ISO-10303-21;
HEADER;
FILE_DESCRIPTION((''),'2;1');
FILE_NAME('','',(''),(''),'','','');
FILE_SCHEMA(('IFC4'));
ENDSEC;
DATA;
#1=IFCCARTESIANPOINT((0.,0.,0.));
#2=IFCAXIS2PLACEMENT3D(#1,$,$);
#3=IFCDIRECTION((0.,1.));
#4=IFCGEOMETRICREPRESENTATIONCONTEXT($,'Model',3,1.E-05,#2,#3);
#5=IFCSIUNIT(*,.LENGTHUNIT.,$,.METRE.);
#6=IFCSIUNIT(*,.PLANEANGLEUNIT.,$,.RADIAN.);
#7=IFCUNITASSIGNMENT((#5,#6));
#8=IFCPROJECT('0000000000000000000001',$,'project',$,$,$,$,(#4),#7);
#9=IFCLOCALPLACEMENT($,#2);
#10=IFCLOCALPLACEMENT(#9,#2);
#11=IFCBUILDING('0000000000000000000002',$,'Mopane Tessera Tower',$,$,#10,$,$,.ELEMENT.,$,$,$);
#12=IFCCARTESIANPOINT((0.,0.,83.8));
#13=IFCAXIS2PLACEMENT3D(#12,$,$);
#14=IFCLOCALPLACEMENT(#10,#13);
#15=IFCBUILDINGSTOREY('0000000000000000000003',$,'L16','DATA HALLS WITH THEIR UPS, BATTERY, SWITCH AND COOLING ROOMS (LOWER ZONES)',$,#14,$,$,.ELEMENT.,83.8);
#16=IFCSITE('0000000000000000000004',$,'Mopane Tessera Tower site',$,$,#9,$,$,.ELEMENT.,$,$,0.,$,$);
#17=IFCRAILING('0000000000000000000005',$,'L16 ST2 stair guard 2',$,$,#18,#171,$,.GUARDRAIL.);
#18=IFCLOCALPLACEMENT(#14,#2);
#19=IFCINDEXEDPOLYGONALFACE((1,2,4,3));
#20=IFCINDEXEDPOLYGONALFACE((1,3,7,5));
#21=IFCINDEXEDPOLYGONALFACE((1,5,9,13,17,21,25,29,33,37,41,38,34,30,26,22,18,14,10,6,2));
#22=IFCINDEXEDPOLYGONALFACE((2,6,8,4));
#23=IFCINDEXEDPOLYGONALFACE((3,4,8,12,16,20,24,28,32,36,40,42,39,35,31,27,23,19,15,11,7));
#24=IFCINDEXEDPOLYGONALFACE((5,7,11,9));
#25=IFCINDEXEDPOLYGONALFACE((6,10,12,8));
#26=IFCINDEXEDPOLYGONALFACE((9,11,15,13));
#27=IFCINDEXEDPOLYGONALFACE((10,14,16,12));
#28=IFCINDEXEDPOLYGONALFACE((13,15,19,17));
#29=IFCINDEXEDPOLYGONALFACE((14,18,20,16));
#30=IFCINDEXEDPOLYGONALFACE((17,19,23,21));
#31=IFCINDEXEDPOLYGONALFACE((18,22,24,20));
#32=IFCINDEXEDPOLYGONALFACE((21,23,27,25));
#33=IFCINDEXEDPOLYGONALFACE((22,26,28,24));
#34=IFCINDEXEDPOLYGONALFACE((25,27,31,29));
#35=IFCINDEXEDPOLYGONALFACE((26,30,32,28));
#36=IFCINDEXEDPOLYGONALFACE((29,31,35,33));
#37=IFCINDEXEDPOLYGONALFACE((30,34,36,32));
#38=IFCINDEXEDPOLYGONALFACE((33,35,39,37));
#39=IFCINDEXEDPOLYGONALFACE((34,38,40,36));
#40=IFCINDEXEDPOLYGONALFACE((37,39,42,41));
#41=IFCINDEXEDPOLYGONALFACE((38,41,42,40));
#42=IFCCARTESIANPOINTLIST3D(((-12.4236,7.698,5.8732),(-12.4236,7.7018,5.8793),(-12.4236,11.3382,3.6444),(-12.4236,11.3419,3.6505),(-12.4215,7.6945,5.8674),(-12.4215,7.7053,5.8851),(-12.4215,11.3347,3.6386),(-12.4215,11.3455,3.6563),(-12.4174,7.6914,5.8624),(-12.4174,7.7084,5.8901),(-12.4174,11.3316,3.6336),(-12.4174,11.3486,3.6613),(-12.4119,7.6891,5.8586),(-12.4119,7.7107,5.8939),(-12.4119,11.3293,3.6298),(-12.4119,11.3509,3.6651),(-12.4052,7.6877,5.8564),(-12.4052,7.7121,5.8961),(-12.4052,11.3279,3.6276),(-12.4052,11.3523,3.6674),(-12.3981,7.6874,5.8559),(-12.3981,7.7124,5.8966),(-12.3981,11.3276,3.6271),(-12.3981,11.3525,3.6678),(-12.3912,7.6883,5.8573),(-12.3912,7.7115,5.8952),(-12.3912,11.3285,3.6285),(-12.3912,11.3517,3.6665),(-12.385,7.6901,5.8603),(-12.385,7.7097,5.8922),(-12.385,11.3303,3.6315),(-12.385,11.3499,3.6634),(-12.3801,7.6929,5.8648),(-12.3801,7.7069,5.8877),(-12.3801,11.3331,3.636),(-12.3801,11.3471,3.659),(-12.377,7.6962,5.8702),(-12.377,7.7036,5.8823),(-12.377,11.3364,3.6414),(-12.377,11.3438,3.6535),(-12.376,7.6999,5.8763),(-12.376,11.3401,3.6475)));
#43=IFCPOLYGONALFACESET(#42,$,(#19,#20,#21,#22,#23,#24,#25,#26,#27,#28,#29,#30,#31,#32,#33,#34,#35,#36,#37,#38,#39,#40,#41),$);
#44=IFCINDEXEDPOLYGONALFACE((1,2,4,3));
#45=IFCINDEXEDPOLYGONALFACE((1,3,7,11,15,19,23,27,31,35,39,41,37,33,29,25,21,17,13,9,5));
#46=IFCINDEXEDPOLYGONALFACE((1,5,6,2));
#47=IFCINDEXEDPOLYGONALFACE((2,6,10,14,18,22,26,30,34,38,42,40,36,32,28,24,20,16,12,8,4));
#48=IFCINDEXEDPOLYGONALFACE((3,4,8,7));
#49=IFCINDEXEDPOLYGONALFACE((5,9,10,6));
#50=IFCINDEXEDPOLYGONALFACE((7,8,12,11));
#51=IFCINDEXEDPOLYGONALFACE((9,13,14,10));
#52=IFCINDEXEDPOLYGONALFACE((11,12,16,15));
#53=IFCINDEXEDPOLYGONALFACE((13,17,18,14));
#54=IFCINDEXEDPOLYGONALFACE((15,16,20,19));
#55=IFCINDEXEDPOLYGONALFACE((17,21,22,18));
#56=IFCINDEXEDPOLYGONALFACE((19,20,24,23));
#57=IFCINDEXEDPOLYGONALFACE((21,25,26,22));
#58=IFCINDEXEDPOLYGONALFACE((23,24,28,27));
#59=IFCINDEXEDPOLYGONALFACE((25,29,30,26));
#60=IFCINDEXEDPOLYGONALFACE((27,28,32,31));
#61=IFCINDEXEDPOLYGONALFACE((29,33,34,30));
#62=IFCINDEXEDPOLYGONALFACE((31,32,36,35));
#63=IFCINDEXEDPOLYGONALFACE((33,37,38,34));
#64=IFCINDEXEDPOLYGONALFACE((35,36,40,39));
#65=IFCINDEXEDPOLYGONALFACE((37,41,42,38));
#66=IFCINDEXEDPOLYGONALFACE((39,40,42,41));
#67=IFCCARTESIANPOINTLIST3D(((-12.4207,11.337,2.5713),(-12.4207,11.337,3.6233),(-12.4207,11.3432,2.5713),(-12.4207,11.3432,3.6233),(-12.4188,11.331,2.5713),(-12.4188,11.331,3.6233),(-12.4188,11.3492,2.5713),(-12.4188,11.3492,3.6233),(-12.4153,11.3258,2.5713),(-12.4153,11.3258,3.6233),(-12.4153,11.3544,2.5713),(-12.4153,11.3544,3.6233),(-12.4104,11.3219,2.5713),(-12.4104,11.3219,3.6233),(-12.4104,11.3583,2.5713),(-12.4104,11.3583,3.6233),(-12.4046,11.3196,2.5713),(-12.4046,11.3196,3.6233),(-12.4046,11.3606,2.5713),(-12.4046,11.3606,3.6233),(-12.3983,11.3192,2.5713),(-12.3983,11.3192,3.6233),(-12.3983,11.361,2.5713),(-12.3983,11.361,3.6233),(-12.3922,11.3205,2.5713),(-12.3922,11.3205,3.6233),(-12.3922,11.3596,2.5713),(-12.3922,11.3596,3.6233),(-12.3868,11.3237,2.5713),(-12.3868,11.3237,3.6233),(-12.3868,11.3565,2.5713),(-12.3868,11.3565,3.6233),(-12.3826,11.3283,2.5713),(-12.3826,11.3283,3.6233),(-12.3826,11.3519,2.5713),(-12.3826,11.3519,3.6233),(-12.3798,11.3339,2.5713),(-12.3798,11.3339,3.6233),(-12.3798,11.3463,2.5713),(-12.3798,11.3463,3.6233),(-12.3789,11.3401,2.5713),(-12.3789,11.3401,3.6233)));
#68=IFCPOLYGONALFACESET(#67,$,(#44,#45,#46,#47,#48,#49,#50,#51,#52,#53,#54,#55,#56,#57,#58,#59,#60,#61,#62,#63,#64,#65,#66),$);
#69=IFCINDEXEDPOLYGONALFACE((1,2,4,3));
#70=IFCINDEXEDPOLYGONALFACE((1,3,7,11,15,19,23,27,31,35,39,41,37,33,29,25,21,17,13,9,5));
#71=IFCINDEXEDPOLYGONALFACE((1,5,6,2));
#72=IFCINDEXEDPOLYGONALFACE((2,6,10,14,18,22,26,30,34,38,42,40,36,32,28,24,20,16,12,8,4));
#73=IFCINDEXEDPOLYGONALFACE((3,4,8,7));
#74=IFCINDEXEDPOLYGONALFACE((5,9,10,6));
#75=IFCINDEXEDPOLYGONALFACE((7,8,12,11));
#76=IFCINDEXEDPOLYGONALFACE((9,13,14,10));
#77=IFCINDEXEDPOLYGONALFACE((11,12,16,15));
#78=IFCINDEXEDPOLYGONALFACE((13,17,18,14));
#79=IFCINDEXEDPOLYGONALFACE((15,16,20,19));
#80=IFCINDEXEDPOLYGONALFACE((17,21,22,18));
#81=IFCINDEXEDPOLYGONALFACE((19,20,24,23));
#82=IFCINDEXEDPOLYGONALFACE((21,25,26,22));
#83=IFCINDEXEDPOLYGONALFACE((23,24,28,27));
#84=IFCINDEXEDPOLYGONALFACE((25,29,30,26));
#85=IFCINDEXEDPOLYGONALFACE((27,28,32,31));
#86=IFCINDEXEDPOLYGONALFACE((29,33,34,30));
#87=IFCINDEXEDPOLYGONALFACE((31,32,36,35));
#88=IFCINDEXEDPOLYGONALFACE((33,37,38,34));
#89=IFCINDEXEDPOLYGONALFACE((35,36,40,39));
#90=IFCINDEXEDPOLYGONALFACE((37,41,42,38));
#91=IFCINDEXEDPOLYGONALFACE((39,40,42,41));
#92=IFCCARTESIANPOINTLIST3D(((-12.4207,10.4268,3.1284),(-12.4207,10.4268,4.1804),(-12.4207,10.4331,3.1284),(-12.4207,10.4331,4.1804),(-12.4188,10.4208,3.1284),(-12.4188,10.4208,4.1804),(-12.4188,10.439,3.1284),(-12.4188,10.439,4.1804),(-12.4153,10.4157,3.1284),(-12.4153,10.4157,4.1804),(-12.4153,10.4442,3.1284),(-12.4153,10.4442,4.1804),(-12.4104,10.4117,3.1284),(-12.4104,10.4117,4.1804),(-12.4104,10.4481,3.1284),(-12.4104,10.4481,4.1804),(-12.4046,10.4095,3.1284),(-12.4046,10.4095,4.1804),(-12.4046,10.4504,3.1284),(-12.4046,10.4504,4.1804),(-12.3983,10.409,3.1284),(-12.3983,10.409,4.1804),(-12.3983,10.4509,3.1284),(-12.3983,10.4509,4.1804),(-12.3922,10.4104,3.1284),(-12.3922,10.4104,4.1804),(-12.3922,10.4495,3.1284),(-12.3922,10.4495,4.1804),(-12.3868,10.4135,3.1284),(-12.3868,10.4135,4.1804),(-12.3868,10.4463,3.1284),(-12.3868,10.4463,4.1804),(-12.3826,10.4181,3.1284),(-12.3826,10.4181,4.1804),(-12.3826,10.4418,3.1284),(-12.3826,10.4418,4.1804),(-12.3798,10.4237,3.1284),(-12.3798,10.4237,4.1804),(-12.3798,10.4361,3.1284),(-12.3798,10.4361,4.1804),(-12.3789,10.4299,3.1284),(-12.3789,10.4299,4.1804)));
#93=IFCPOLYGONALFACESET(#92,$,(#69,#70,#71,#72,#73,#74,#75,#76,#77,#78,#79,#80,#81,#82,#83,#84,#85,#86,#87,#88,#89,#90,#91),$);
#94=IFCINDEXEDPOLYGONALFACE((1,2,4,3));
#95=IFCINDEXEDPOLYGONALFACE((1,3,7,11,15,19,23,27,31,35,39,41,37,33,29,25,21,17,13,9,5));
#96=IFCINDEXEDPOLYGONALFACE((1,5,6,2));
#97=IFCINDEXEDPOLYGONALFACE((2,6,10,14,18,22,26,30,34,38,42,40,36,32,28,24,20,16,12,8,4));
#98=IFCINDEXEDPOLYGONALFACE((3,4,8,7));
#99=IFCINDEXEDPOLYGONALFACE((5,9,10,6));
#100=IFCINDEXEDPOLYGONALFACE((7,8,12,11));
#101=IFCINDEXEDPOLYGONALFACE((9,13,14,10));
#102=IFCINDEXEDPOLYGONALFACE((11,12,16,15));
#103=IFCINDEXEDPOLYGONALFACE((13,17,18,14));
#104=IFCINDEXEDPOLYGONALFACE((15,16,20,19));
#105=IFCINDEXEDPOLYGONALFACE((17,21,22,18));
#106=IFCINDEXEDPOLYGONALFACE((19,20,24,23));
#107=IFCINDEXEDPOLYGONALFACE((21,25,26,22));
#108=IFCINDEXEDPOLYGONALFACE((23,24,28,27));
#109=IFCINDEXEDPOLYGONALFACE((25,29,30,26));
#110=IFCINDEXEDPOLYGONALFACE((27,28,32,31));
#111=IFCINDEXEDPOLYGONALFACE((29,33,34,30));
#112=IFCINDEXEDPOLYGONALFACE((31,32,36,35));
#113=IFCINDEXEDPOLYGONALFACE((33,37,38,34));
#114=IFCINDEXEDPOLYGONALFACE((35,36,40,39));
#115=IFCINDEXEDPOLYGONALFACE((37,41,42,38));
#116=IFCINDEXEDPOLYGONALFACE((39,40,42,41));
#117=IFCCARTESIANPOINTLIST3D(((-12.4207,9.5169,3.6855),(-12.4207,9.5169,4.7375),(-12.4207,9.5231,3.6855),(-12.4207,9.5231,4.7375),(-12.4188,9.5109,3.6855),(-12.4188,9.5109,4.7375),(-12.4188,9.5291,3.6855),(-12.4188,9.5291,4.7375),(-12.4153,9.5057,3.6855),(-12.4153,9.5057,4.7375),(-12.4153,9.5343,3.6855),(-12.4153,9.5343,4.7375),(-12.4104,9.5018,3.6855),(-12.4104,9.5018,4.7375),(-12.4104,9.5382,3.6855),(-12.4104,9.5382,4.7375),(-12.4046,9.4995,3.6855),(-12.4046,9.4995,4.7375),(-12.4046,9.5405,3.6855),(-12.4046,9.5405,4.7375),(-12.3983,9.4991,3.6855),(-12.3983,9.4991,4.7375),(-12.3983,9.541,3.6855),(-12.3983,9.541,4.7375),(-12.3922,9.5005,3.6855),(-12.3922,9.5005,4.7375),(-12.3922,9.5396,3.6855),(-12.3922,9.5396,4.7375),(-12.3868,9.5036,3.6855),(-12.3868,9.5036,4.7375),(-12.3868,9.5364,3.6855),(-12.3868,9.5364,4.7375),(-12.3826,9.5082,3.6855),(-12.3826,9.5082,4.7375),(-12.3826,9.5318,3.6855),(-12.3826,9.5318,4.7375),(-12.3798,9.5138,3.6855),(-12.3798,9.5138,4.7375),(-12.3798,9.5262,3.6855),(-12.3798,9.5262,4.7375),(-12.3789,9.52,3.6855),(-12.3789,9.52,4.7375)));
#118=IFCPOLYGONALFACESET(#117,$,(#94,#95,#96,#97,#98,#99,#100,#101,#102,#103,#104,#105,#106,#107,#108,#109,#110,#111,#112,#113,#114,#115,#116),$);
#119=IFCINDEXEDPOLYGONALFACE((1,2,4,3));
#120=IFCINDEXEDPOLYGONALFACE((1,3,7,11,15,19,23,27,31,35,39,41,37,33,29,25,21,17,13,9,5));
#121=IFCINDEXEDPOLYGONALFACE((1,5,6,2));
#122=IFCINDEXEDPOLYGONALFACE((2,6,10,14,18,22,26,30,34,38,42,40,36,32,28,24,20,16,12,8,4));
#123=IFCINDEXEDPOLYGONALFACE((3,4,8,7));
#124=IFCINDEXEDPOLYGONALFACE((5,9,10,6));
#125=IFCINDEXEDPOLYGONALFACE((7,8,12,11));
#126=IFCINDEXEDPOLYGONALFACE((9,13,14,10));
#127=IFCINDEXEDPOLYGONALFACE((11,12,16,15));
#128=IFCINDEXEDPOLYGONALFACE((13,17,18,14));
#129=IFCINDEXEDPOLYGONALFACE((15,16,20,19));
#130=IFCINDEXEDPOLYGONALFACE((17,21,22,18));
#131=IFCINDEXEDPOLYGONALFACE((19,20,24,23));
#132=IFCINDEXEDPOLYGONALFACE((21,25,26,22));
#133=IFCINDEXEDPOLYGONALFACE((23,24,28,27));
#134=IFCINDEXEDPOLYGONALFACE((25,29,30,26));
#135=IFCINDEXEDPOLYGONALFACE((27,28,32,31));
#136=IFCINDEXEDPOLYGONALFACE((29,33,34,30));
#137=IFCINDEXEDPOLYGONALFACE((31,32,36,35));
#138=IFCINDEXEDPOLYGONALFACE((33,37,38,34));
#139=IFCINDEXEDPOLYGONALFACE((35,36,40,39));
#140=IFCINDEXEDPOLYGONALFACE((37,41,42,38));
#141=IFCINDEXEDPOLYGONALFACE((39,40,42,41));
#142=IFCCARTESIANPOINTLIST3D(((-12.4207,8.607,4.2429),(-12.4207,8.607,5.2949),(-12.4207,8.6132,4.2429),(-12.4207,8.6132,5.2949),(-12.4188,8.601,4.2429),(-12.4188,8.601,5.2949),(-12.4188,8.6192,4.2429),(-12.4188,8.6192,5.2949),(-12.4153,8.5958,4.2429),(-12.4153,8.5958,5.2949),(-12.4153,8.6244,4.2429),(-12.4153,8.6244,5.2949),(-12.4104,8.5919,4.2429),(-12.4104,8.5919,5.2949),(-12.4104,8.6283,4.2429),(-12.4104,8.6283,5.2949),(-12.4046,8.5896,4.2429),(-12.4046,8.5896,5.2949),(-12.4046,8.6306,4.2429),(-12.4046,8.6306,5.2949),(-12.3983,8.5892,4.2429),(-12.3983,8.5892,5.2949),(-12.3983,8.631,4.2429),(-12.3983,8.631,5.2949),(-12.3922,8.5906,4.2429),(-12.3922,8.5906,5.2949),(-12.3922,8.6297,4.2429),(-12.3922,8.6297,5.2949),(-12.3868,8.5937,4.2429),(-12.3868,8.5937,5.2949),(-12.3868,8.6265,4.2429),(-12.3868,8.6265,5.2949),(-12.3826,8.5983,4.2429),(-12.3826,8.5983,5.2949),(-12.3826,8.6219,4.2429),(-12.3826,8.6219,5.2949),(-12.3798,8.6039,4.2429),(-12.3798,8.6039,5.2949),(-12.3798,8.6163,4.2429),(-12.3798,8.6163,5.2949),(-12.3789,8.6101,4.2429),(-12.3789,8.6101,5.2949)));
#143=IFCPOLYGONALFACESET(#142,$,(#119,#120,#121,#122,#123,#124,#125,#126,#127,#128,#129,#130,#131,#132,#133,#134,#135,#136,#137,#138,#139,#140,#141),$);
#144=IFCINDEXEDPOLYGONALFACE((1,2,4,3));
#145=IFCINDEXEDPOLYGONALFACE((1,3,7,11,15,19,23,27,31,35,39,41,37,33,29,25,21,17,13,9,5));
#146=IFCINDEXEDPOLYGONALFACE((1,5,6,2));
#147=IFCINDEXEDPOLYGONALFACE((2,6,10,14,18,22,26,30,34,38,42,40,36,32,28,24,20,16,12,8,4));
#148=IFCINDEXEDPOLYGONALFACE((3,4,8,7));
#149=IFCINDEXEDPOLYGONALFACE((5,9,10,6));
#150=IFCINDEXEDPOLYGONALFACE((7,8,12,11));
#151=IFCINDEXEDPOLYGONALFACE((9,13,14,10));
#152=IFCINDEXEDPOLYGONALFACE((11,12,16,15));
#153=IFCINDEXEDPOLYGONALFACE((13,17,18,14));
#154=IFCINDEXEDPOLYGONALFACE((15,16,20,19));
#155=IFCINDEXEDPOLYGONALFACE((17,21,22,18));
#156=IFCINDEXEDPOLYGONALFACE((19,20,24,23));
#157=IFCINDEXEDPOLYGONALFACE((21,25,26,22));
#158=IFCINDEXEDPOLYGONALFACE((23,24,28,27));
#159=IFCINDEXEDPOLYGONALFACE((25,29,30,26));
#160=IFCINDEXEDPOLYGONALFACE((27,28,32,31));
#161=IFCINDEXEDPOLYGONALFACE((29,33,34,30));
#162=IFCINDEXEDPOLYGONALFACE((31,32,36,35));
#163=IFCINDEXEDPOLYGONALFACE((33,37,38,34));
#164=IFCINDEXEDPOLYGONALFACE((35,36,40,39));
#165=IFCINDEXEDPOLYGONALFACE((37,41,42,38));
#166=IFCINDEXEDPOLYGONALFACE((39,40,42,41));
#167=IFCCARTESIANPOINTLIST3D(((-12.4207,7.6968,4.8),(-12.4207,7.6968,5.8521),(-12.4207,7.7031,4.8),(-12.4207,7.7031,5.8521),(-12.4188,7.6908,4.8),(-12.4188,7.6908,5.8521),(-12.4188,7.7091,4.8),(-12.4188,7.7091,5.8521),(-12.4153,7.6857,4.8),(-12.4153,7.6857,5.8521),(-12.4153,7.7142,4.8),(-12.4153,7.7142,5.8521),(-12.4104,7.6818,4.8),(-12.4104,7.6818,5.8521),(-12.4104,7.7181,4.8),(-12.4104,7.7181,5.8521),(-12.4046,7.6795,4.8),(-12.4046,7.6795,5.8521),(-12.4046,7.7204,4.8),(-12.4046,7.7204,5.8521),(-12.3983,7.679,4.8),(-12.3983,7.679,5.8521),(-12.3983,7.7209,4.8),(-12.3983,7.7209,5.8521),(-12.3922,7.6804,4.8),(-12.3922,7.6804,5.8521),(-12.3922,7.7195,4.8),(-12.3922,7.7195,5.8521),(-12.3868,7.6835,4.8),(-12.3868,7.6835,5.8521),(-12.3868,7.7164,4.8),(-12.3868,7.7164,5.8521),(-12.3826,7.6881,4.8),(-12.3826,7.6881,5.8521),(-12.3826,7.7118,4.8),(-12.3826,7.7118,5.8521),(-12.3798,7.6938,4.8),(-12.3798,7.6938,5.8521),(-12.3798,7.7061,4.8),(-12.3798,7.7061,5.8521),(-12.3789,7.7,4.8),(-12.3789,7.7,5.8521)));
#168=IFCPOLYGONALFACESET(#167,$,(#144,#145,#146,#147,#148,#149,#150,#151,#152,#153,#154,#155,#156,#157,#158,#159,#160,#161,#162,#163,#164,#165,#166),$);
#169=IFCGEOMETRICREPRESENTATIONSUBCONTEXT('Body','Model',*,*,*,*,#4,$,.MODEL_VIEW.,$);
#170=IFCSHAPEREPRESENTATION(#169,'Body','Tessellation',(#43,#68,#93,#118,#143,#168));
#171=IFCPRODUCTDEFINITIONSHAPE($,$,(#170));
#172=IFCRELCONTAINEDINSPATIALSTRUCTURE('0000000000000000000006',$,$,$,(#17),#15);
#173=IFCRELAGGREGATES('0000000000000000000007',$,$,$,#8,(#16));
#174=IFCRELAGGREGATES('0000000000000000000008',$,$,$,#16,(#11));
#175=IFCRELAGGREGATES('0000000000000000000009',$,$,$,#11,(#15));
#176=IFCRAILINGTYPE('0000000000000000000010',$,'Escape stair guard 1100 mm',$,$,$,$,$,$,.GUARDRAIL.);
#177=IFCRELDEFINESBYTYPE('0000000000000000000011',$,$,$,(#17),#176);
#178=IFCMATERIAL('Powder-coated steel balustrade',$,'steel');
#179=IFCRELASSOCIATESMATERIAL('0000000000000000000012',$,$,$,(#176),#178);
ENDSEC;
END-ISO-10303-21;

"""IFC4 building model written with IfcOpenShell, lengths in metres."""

from ifc_helpers import new_model, si_unit, direction, frame, origin, origin_2d, place, context, subcontext, project, spatial, circle, extrude, material, type_object, element, save


model = new_model("IFC4")

# Units and contexts
model_context = context("Model", 3, precision=1e-05, world=origin(), true_north=direction((0.0, 1.0)))
body_context = subcontext(model_context, "Body", "Model", "MODEL_VIEW")
ifc_project = project(units=[si_unit("LENGTHUNIT", "METRE"), si_unit("PLANEANGLEUNIT", "RADIAN")], contexts=[model_context])

# Site, building, storey
site_placement = place(None, origin())
site = spatial("IfcSite", under=ifc_project, at=site_placement, Name="Mopane Tessera Tower site", CompositionType="ELEMENT", RefElevation=0.0)
building_placement = place(site_placement, origin())
building = spatial("IfcBuilding", under=site, at=building_placement, Name="Mopane Tessera Tower", CompositionType="ELEMENT")
storey_placement = place(building_placement, frame((0.0, 0.0, 83.8)))
storey = spatial("IfcBuildingStorey", under=building, at=storey_placement, Name="L16", Description="DATA HALLS WITH THEIR UPS, BATTERY, SWITCH AND COOLING ROOMS (LOWER ZONES)", CompositionType="ELEMENT", Elevation=83.8)

# Railing
ifc_material_1 = material(Name="Powder-coated steel balustrade", Category="steel")
railing_type_1 = type_object("IfcRailingType", Name="Escape stair guard 1100 mm", PredefinedType="GUARDRAIL", material=ifc_material_1)
railing_1_placement = place(storey_placement, frame((-12.3999, 11.3401, 2.5713)))
element("IfcRailing", 1, at=railing_1_placement, inside=storey, type_object=railing_type_1, Name="L16 ST2 stair guard 2", PredefinedType="GUARDRAIL", context=body_context, shape_type="SweptSolid", body=[
    extrude(circle(Radius=0.0239, at=origin_2d()), frame((0.0, 0.0, 1.0762), z_axis=(0.0, -0.85284, 0.522172), x_axis=(1.0, 0.0, 0.0)), (0.0, 0.0, 1.0), 4.2683),
    extrude(circle(Radius=0.021, at=origin_2d()), origin(), (0.0, 0.0, 1.0), 1.052),
    extrude(circle(Radius=0.021, at=origin_2d()), frame((0.0, -0.9102, 0.5571)), (0.0, 0.0, 1.0), 1.052),
    extrude(circle(Radius=0.021, at=origin_2d()), frame((0.0, -1.8201, 1.1143)), (0.0, 0.0, 1.0), 1.052),
    extrude(circle(Radius=0.021, at=origin_2d()), frame((0.0, -2.73, 1.6716)), (0.0, 0.0, 1.0), 1.052),
    extrude(circle(Radius=0.021, at=origin_2d()), frame((0.0, -3.6401, 2.2288)), (0.0, 0.0, 1.0), 1.052),
])

save(model, "model.ifc")
